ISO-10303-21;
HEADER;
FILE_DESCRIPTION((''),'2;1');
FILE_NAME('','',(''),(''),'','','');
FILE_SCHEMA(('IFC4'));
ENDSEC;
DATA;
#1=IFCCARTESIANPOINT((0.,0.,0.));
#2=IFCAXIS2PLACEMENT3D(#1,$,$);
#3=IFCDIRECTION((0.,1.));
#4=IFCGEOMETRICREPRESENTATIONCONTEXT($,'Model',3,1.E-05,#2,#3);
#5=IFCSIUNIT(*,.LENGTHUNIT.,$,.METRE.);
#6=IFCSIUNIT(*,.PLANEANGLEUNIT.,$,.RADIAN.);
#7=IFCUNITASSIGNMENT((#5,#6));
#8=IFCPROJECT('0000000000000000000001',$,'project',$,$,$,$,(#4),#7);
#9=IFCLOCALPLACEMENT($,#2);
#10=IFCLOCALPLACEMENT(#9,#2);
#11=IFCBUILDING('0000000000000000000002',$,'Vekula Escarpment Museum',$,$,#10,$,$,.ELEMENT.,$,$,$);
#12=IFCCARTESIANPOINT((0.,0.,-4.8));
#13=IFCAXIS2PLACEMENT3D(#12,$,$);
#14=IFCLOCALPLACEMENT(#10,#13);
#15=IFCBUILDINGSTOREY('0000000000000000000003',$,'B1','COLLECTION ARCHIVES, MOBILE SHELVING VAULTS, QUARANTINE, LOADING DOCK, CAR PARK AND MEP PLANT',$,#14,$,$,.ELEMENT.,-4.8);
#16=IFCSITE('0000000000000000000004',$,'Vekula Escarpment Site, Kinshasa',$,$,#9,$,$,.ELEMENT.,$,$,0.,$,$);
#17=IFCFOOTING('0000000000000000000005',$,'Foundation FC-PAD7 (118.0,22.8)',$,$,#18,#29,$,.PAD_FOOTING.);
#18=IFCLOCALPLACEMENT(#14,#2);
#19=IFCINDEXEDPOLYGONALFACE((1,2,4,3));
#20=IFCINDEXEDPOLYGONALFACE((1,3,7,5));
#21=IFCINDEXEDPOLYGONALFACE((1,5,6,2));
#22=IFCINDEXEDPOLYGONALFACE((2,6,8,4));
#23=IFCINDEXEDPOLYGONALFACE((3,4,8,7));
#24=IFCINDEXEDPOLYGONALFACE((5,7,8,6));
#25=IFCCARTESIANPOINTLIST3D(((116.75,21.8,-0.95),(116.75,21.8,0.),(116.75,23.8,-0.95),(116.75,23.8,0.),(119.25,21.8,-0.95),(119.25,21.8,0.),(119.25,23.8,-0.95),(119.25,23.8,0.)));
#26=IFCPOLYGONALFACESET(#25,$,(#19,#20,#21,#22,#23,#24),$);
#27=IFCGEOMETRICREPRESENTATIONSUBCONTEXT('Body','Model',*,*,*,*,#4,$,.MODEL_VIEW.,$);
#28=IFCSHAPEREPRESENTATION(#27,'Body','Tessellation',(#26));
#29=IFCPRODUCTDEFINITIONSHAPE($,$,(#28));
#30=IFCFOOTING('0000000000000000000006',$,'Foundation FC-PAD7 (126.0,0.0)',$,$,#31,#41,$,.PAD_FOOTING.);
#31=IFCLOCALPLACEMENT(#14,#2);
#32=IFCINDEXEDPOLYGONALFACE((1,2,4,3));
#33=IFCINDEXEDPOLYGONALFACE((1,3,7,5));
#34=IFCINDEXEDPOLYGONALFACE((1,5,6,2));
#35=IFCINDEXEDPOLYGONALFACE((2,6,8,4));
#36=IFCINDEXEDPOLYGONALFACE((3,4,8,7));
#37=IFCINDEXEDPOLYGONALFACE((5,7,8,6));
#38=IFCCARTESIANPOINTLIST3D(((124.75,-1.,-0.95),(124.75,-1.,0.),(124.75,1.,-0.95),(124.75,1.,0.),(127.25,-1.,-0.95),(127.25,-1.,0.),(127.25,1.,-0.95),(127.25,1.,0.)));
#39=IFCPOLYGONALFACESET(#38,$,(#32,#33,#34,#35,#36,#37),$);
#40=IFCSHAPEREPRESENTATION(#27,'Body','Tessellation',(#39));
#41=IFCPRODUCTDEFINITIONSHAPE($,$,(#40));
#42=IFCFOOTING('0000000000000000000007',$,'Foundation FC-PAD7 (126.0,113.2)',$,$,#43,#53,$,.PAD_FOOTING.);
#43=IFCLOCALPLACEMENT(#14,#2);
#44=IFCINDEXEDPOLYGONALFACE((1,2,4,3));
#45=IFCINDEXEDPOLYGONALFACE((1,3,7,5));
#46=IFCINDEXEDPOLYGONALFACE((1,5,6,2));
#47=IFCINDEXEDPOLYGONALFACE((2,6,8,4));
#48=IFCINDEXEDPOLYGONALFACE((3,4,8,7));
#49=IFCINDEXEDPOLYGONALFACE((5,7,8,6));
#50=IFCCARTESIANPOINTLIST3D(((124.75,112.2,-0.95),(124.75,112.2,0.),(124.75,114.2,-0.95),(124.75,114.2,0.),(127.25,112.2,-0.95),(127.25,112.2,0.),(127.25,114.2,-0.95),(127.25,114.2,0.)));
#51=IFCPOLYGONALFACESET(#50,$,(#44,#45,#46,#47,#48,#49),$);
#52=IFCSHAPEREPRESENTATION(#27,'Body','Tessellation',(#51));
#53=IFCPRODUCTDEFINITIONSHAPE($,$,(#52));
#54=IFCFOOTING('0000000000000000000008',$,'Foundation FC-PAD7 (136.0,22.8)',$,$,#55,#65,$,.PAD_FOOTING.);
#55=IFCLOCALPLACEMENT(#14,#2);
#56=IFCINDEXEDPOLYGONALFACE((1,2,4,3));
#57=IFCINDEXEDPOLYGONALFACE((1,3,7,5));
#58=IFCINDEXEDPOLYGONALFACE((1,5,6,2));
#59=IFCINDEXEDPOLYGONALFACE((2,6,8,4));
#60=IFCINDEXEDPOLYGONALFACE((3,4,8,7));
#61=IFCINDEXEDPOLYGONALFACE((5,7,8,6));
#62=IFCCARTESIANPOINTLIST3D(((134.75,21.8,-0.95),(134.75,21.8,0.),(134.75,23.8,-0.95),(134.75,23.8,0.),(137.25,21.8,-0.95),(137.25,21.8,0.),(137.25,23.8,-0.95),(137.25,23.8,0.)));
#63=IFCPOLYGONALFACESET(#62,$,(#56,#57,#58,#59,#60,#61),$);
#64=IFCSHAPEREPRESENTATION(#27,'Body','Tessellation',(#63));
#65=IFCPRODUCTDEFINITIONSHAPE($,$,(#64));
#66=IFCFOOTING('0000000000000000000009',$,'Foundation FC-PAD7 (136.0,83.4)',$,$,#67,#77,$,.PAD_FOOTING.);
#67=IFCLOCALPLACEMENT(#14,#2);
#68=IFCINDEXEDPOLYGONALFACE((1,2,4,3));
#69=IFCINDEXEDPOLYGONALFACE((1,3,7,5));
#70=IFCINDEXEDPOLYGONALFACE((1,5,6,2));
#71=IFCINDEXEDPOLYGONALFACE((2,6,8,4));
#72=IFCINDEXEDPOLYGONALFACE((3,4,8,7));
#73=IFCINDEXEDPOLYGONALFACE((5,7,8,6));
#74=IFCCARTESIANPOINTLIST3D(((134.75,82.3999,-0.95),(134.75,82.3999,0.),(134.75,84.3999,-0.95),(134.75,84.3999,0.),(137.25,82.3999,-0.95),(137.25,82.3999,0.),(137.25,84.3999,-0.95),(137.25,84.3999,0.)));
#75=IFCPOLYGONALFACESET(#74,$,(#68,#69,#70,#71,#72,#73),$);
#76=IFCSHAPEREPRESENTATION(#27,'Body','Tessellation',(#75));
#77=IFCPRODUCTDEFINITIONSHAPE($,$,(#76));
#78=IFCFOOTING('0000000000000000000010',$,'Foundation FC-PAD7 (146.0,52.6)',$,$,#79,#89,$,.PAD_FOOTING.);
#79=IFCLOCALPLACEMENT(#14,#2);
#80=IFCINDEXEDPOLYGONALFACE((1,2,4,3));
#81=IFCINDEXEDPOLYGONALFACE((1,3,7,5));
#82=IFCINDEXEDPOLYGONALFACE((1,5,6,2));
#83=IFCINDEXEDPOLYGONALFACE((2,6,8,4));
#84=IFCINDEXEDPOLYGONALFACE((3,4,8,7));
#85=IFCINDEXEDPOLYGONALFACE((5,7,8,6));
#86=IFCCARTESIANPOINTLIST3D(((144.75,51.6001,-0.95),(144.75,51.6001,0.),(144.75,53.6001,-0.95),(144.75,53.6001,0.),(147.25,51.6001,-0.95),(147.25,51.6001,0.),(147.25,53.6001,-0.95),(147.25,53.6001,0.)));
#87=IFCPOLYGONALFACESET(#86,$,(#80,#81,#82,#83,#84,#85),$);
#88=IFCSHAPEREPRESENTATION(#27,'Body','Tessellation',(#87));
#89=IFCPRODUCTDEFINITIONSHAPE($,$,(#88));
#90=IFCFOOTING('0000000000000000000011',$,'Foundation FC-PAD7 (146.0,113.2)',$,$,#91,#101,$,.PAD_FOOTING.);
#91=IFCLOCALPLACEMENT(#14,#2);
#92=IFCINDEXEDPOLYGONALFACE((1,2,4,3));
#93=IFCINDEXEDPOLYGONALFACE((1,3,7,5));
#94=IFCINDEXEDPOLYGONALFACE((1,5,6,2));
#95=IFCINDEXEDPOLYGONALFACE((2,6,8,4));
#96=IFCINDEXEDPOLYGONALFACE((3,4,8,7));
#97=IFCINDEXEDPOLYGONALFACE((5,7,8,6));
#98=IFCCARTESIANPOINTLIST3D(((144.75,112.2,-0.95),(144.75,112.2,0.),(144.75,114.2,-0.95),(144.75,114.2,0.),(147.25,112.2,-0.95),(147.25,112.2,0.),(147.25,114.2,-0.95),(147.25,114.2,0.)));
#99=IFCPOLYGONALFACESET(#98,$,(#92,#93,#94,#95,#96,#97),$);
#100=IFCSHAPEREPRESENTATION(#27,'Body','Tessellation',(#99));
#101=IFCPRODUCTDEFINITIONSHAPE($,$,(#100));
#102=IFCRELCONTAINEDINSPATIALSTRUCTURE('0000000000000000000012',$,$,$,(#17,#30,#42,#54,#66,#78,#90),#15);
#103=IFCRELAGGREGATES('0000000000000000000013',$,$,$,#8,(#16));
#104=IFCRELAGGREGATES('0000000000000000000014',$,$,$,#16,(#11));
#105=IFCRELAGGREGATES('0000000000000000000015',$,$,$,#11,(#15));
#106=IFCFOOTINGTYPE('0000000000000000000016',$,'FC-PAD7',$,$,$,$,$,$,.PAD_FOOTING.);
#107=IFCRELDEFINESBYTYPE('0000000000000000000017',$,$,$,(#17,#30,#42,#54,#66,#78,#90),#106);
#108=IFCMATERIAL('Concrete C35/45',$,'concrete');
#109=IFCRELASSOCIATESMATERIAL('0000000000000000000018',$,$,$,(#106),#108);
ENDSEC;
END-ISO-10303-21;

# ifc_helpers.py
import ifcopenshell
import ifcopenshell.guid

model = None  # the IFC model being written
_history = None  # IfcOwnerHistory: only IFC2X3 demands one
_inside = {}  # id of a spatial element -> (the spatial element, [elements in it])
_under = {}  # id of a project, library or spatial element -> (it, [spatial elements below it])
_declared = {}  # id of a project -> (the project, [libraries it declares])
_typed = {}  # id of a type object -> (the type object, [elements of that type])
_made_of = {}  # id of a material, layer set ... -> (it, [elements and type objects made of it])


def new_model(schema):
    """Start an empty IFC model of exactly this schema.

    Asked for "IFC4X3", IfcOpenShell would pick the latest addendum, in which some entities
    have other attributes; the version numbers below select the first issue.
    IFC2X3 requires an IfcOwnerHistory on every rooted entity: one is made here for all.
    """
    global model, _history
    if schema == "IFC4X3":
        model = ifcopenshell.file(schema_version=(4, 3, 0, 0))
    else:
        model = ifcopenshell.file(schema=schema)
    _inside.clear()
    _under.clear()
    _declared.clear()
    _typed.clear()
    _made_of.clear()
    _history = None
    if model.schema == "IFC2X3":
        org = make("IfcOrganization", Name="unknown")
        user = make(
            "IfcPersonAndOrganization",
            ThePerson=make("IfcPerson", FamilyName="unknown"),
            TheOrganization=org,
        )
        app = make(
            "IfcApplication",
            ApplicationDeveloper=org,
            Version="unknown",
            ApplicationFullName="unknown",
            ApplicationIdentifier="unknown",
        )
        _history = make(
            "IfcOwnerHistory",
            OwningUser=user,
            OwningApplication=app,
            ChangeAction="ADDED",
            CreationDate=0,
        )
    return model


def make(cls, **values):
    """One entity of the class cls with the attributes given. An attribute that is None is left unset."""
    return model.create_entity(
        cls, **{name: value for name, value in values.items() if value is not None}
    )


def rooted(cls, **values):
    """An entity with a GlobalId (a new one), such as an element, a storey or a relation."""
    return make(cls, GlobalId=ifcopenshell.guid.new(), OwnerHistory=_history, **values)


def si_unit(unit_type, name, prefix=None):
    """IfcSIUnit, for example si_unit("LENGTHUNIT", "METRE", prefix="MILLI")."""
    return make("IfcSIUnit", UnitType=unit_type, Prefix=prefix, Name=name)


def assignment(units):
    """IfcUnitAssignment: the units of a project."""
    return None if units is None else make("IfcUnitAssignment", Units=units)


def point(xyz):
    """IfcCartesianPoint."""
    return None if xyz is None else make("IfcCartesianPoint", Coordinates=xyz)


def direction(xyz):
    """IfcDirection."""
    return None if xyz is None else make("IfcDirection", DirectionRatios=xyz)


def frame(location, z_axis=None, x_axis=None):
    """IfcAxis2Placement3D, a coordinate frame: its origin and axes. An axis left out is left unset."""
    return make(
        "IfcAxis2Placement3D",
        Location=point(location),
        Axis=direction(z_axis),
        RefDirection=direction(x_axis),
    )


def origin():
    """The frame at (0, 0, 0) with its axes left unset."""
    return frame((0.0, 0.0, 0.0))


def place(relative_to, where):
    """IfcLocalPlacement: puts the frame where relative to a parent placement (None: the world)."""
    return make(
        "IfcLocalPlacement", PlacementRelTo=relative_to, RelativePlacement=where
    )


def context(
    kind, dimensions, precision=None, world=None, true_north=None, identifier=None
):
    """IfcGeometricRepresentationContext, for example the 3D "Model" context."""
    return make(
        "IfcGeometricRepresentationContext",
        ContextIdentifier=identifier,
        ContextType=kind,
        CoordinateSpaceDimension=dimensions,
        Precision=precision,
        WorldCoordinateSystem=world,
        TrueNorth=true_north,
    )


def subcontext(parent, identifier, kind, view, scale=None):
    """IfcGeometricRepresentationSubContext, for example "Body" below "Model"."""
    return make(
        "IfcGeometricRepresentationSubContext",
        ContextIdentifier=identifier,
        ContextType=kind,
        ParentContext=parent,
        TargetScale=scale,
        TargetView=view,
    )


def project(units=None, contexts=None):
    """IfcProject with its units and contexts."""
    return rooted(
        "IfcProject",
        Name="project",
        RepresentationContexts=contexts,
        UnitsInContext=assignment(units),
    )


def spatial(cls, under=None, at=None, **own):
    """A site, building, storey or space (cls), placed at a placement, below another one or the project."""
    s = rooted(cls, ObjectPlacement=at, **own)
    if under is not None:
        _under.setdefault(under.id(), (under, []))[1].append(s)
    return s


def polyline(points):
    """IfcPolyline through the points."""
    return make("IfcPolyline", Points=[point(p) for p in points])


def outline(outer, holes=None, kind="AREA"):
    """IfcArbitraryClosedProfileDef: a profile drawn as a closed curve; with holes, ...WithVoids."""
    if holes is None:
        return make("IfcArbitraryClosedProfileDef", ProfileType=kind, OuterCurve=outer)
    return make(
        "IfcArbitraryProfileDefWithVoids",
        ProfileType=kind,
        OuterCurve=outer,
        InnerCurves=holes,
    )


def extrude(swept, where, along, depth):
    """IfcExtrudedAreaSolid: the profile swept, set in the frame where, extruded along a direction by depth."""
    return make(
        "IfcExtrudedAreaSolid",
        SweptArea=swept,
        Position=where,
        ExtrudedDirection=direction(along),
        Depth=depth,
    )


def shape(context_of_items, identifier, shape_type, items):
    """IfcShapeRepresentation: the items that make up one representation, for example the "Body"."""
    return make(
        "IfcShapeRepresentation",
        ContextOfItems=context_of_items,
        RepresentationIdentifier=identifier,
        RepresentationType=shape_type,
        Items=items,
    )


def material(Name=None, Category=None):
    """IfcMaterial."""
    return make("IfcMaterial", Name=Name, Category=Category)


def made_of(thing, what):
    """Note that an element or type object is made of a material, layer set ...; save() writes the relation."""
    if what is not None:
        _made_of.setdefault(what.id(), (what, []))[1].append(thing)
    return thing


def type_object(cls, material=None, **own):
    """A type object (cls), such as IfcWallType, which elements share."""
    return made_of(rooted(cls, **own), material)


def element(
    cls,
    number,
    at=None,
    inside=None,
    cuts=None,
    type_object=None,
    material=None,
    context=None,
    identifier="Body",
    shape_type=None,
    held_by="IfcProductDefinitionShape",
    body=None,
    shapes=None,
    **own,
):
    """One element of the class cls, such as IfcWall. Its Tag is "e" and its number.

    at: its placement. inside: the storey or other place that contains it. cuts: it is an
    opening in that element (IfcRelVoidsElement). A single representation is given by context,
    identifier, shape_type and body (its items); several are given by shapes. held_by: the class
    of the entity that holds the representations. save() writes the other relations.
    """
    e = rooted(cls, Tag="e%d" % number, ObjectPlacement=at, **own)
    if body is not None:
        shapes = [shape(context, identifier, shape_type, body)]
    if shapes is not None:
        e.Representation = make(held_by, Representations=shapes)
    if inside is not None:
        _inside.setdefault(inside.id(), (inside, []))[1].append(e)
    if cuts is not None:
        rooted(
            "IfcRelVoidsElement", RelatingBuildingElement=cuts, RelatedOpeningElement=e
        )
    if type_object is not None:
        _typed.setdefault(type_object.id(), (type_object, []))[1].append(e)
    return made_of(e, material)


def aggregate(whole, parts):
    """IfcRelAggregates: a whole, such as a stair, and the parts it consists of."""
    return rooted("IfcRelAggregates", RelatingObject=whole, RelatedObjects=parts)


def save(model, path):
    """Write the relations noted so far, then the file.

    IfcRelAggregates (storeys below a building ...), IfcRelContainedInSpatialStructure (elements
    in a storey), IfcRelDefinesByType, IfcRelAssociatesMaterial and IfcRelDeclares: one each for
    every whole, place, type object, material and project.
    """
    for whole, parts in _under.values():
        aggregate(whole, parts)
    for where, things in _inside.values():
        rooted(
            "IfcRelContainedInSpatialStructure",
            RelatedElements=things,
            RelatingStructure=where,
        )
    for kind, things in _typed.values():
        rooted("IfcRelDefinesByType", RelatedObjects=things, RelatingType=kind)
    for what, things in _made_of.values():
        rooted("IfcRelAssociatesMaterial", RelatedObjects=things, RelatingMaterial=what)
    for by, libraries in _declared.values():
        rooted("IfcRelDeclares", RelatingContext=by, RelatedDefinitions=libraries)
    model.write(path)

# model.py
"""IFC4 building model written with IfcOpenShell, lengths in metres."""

from ifc_helpers import new_model, si_unit, direction, frame, origin, place, context, subcontext, project, spatial, polyline, outline, extrude, material, type_object, element, save


model = new_model("IFC4")

# Units and contexts
model_context = context("Model", 3, precision=1e-05, world=origin(), true_north=direction((0.0, 1.0)))
body_context = subcontext(model_context, "Body", "Model", "MODEL_VIEW")
ifc_project = project(units=[si_unit("LENGTHUNIT", "METRE"), si_unit("PLANEANGLEUNIT", "RADIAN")], contexts=[model_context])

# Site, building, storey
site_placement = place(None, origin())
site = spatial("IfcSite", under=ifc_project, at=site_placement, Name="Vekula Escarpment Site, Kinshasa", CompositionType="ELEMENT", RefElevation=0.0)
building_placement = place(site_placement, origin())
building = spatial("IfcBuilding", under=site, at=building_placement, Name="Vekula Escarpment Museum", CompositionType="ELEMENT")
storey_placement = place(building_placement, frame((0.0, 0.0, -4.8)))
storey = spatial("IfcBuildingStorey", under=building, at=storey_placement, Name="B1", Description="COLLECTION ARCHIVES, MOBILE SHELVING VAULTS, QUARANTINE, LOADING DOCK, CAR PARK AND MEP PLANT", CompositionType="ELEMENT", Elevation=-4.8)

# Footings
ifc_material_1 = material(Name="Concrete C35/45", Category="concrete")
footing_type_1 = type_object("IfcFootingType", Name="FC-PAD7", PredefinedType="PAD_FOOTING", material=ifc_material_1)
footing_1_placement = place(storey_placement, frame((0.0, 0.0, -0.95)))
element("IfcFooting", 1, at=footing_1_placement, inside=storey, type_object=footing_type_1, Name="Foundation FC-PAD7 (118.0,22.8)", PredefinedType="PAD_FOOTING", context=body_context, shape_type="SweptSolid", body=[
    extrude(outline(polyline([(116.75, 21.8), (119.25, 21.8), (119.25, 23.8), (116.75, 23.8), (116.75, 21.8)])), origin(), (0.0, 0.0, 1.0), 0.95),
])
footing_2_placement = place(storey_placement, frame((0.0, 0.0, -0.95)))
element("IfcFooting", 2, at=footing_2_placement, inside=storey, type_object=footing_type_1, Name="Foundation FC-PAD7 (126.0,0.0)", PredefinedType="PAD_FOOTING", context=body_context, shape_type="SweptSolid", body=[
    extrude(outline(polyline([(124.75, -1.0), (127.25, -1.0), (127.25, 1.0), (124.75, 1.0), (124.75, -1.0)])), origin(), (0.0, 0.0, 1.0), 0.95),
])
footing_3_placement = place(storey_placement, frame((0.0, 0.0, -0.95)))
element("IfcFooting", 3, at=footing_3_placement, inside=storey, type_object=footing_type_1, Name="Foundation FC-PAD7 (126.0,113.2)", PredefinedType="PAD_FOOTING", context=body_context, shape_type="SweptSolid", body=[
    extrude(outline(polyline([(124.75, 112.2), (127.25, 112.2), (127.25, 114.2), (124.75, 114.2), (124.75, 112.2)])), origin(), (0.0, 0.0, 1.0), 0.95),
])
footing_4_placement = place(storey_placement, frame((0.0, 0.0, -0.95)))
element("IfcFooting", 4, at=footing_4_placement, inside=storey, type_object=footing_type_1, Name="Foundation FC-PAD7 (136.0,22.8)", PredefinedType="PAD_FOOTING", context=body_context, shape_type="SweptSolid", body=[
    extrude(outline(polyline([(134.75, 21.8), (137.25, 21.8), (137.25, 23.8), (134.75, 23.8), (134.75, 21.8)])), origin(), (0.0, 0.0, 1.0), 0.95),
])
footing_5_placement = place(storey_placement, frame((0.0, 0.0, -0.95)))
element("IfcFooting", 5, at=footing_5_placement, inside=storey, type_object=footing_type_1, Name="Foundation FC-PAD7 (136.0,83.4)", PredefinedType="PAD_FOOTING", context=body_context, shape_type="SweptSolid", body=[
    extrude(outline(polyline([(134.75, 82.3999), (137.25, 82.3999), (137.25, 84.3999), (134.75, 84.3999), (134.75, 82.3999)])), origin(), (0.0, 0.0, 1.0), 0.95),
])
footing_6_placement = place(storey_placement, frame((0.0, 0.0, -0.95)))
element("IfcFooting", 6, at=footing_6_placement, inside=storey, type_object=footing_type_1, Name="Foundation FC-PAD7 (146.0,52.6)", PredefinedType="PAD_FOOTING", context=body_context, shape_type="SweptSolid", body=[
    extrude(outline(polyline([(144.75, 51.6001), (147.25, 51.6001), (147.25, 53.6001), (144.75, 53.6001), (144.75, 51.6001)])), origin(), (0.0, 0.0, 1.0), 0.95),
])
footing_7_placement = place(storey_placement, frame((0.0, 0.0, -0.95)))
element("IfcFooting", 7, at=footing_7_placement, inside=storey, type_object=footing_type_1, Name="Foundation FC-PAD7 (146.0,113.2)", PredefinedType="PAD_FOOTING", context=body_context, shape_type="SweptSolid", body=[
    extrude(outline(polyline([(144.75, 112.2), (147.25, 112.2), (147.25, 114.2), (144.75, 114.2), (144.75, 112.2)])), origin(), (0.0, 0.0, 1.0), 0.95),
])

save(model, "model.ifc")
